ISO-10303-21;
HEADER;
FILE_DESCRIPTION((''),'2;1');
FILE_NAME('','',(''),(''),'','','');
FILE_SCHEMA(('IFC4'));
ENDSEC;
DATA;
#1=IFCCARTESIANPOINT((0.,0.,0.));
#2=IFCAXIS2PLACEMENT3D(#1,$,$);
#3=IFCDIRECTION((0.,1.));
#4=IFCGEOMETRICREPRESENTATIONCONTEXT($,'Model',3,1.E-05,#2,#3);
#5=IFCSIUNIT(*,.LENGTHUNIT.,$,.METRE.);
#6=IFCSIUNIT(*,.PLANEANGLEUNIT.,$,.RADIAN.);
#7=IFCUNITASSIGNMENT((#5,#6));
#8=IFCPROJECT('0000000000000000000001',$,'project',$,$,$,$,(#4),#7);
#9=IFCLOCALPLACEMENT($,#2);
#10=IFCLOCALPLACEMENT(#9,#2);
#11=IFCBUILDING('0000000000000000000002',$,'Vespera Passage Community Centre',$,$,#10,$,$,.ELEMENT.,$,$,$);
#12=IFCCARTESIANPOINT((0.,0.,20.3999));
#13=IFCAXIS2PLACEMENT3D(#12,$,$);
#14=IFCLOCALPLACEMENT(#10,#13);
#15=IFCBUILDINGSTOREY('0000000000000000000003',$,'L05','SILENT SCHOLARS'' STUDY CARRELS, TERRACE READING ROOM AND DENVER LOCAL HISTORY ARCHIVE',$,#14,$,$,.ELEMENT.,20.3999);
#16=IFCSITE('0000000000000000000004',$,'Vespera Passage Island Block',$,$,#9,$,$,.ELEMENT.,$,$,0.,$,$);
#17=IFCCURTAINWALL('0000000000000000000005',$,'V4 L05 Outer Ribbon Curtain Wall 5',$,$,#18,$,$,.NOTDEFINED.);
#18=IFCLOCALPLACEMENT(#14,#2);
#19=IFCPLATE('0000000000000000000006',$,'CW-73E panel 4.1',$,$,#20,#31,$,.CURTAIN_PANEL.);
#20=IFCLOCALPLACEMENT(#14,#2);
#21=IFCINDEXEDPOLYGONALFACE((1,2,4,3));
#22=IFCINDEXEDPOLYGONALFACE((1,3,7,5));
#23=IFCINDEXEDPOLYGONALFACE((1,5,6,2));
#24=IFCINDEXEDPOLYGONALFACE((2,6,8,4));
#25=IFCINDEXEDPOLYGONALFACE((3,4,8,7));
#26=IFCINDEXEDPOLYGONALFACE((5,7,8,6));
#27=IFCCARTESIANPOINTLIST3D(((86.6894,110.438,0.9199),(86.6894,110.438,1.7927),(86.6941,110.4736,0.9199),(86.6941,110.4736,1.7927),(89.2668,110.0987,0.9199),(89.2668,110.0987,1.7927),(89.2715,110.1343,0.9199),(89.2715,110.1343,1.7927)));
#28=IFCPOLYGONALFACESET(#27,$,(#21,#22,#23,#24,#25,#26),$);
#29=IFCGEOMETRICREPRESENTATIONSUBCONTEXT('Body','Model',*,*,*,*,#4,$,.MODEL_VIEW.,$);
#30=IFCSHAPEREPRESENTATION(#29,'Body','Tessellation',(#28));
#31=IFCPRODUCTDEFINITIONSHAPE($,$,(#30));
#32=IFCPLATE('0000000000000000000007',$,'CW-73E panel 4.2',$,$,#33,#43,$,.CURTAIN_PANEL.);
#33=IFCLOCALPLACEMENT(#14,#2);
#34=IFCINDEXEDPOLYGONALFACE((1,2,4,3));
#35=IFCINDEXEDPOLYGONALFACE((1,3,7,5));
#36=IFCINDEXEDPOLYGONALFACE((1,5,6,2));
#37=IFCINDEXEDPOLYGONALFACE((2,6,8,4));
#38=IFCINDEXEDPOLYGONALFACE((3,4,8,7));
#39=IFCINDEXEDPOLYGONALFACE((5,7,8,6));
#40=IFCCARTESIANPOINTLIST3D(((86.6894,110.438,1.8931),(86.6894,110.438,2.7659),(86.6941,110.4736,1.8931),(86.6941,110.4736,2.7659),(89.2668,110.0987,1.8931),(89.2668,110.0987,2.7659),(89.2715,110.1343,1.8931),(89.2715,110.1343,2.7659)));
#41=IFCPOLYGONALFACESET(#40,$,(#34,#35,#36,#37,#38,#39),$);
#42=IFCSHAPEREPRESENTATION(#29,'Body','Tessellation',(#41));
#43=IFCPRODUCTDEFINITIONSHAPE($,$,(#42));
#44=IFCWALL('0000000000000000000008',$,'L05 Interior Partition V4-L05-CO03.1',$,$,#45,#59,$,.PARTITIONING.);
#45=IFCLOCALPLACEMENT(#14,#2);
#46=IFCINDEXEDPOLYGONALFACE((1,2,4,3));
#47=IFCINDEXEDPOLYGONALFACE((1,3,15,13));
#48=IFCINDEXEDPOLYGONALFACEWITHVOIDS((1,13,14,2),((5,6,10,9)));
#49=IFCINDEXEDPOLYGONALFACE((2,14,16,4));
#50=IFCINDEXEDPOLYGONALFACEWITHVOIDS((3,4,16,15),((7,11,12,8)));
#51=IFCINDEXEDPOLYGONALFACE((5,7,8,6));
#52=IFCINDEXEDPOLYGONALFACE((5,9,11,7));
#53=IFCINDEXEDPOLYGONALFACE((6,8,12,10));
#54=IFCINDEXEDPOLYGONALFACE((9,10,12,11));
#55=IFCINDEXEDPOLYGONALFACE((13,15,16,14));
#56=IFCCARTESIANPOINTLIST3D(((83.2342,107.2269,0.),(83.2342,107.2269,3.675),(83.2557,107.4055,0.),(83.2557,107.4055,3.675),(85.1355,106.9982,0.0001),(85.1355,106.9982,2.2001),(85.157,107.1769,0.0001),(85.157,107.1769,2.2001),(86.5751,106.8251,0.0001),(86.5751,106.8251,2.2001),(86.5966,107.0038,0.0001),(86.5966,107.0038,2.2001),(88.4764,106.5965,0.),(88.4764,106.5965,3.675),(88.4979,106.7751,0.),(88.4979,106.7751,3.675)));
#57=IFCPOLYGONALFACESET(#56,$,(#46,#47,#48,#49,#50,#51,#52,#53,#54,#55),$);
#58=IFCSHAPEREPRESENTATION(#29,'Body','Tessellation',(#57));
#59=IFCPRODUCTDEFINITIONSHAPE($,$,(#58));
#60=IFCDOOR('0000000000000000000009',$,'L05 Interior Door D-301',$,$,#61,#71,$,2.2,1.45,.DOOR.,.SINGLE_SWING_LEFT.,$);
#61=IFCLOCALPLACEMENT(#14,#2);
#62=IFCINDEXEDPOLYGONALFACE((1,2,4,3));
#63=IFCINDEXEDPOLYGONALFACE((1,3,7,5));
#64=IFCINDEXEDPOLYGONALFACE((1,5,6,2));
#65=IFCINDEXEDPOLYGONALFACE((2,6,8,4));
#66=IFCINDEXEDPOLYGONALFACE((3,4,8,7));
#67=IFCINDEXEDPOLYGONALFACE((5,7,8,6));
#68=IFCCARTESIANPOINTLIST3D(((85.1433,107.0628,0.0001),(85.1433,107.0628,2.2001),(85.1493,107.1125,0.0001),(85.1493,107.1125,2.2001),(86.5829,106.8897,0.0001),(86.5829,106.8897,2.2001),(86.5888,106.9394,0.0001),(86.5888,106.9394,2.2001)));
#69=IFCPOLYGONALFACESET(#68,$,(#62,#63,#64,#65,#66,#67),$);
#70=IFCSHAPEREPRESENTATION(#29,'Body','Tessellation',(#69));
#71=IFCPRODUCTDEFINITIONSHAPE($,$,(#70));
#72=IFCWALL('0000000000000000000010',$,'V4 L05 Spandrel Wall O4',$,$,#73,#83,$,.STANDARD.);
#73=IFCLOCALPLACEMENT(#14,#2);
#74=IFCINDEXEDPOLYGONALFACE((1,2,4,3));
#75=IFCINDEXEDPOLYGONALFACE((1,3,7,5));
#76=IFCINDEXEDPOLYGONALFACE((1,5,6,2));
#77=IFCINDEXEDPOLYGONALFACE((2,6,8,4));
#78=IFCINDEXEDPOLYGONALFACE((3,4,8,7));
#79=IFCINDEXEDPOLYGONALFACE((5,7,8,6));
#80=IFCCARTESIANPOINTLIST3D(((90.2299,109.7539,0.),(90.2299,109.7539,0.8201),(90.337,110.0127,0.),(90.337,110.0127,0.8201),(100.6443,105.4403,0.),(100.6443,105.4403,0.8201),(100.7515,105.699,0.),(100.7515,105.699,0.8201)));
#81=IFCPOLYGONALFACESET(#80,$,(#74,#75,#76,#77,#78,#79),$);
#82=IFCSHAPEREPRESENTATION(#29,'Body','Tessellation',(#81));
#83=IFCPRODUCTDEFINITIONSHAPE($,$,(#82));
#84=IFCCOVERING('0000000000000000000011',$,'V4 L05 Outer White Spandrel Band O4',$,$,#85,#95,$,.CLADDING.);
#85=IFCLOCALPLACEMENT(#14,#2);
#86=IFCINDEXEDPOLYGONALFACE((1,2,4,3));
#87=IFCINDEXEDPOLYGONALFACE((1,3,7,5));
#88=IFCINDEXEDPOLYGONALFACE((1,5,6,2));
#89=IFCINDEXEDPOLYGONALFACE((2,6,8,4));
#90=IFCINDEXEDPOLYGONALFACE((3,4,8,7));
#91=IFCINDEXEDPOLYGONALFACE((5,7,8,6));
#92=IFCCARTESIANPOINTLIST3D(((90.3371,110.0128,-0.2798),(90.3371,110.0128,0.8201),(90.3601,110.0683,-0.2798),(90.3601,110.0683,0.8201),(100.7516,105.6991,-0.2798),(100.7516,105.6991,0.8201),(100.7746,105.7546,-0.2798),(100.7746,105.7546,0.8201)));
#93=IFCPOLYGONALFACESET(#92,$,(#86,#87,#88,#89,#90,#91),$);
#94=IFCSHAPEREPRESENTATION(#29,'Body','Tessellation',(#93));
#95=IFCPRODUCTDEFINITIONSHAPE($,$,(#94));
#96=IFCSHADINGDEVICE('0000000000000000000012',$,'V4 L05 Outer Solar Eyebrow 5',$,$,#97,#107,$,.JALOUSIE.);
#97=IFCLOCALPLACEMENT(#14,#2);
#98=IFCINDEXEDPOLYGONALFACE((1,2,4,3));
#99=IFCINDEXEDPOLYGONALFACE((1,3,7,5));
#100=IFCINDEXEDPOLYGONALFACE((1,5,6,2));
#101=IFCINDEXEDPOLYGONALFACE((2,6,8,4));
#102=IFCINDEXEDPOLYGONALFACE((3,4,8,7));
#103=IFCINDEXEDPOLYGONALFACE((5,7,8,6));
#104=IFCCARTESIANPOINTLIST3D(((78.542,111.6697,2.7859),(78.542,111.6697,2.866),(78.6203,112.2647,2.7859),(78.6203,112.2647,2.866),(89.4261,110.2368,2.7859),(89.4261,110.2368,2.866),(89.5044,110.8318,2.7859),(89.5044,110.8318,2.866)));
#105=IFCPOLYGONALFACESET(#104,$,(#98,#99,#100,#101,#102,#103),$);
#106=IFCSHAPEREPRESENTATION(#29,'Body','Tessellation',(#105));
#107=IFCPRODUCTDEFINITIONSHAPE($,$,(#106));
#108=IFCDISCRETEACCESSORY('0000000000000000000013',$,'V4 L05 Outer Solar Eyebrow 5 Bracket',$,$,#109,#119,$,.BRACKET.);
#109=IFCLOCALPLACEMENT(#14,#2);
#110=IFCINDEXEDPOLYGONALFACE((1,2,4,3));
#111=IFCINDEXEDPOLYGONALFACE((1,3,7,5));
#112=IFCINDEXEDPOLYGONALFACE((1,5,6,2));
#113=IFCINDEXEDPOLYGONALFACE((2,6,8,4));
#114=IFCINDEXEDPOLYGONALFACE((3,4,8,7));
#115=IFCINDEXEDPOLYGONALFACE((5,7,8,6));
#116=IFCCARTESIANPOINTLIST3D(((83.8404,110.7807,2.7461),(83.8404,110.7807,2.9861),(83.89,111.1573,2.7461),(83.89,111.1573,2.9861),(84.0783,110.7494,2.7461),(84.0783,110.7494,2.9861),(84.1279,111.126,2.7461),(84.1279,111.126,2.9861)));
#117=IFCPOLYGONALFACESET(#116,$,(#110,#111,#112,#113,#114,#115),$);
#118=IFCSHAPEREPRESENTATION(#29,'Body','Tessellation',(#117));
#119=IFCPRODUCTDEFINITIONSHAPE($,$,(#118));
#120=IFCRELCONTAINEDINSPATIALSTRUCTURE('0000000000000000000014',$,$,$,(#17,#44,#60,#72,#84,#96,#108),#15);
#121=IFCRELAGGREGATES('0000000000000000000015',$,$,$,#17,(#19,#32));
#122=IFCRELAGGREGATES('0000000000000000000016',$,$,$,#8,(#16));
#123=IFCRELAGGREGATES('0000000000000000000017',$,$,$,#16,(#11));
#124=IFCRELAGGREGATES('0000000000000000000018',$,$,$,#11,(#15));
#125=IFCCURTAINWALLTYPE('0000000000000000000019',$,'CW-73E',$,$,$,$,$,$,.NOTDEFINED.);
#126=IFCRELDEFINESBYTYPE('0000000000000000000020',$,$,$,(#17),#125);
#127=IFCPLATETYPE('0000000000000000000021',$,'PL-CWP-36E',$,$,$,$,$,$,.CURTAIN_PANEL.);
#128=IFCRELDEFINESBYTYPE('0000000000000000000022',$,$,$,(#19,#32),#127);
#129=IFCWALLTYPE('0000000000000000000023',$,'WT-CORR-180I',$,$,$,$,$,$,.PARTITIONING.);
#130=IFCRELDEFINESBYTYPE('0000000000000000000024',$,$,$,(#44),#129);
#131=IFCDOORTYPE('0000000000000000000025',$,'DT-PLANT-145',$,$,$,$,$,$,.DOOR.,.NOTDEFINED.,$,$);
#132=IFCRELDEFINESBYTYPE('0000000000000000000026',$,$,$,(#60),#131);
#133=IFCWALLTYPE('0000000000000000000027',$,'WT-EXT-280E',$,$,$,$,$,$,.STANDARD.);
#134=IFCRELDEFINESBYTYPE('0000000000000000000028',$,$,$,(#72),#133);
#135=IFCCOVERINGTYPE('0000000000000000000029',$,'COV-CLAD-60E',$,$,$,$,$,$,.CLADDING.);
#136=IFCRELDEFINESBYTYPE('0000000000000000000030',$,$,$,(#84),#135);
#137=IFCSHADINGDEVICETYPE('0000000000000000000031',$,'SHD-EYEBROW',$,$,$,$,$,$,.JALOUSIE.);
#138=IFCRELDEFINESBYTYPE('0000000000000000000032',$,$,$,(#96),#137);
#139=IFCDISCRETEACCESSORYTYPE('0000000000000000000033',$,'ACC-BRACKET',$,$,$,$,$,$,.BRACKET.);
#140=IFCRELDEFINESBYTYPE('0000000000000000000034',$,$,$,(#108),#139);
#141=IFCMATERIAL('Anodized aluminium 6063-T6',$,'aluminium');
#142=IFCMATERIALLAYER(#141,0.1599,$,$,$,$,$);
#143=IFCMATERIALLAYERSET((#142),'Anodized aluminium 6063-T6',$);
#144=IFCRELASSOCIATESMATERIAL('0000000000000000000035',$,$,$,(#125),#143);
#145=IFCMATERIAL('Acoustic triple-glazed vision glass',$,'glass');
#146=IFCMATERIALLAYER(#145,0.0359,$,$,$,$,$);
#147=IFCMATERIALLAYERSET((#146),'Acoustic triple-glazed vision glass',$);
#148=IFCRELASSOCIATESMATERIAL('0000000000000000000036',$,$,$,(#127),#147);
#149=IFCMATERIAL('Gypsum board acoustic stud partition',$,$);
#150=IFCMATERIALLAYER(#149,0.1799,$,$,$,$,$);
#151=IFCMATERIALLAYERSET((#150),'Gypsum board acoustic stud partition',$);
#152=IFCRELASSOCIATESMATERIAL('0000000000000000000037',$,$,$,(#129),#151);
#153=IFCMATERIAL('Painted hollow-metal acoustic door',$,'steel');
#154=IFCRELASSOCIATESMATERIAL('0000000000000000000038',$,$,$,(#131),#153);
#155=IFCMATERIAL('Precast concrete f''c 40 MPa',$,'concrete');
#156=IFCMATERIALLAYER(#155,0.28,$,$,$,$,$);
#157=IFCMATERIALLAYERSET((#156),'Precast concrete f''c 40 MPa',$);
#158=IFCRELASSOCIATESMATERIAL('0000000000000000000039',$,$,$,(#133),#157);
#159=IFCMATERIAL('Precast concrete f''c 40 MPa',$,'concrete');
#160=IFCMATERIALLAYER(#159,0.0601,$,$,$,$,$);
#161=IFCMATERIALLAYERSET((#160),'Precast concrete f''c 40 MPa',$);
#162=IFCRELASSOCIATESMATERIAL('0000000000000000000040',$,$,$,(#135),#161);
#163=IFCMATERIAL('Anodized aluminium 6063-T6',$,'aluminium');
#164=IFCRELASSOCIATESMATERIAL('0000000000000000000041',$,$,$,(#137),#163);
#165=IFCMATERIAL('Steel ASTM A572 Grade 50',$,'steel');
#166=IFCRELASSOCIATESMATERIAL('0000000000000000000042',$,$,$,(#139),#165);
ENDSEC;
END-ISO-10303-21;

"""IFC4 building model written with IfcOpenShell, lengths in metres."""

from ifc_helpers import new_model, si_unit, direction, frame, frame_2d, origin, origin_2d, place, context, subcontext, project, spatial, rectangle, extrude, material, layer, layer_set, type_object, element, fill, aggregate, save


model = new_model("IFC4")

# Units and contexts
model_context = context("Model", 3, precision=1e-05, world=origin(), true_north=direction((0.0, 1.0)))
body_context = subcontext(model_context, "Body", "Model", "MODEL_VIEW")
ifc_project = project(units=[si_unit("LENGTHUNIT", "METRE"), si_unit("PLANEANGLEUNIT", "RADIAN")], contexts=[model_context])

# Site, building, storey
site_placement = place(None, origin())
site = spatial("IfcSite", under=ifc_project, at=site_placement, Name="Vespera Passage Island Block", CompositionType="ELEMENT", RefElevation=0.0)
building_placement = place(site_placement, origin())
building = spatial("IfcBuilding", under=site, at=building_placement, Name="Vespera Passage Community Centre", CompositionType="ELEMENT")
storey_placement = place(building_placement, frame((0.0, 0.0, 20.3999)))
storey = spatial("IfcBuildingStorey", under=building, at=storey_placement, Name="L05", Description="SILENT SCHOLARS' STUDY CARRELS, TERRACE READING ROOM AND DENVER LOCAL HISTORY ARCHIVE", CompositionType="ELEMENT", Elevation=20.3999)

# Curtain wall
ifc_material_1 = material(Name="Anodized aluminium 6063-T6", Category="aluminium")
ifc_layer_1 = layer(ifc_material_1, 0.1599)
ifc_layer_set_1 = layer_set([ifc_layer_1], Name="Anodized aluminium 6063-T6")
curtain_wall_type_1 = type_object("IfcCurtainWallType", Name="CW-73E", PredefinedType="NOTDEFINED", material=ifc_layer_set_1)
curtain_wall_1_placement = place(storey_placement, origin())
curtain_wall_1 = element("IfcCurtainWall", 1, at=curtain_wall_1_placement, inside=storey, type_object=curtain_wall_type_1, Name="V4 L05 Outer Ribbon Curtain Wall 5", PredefinedType="NOTDEFINED")

# Plates
ifc_material_2 = material(Name="Acoustic triple-glazed vision glass", Category="glass")
ifc_layer_2 = layer(ifc_material_2, 0.0359)
ifc_layer_set_2 = layer_set([ifc_layer_2], Name="Acoustic triple-glazed vision glass")
plate_type_1 = type_object("IfcPlateType", Name="PL-CWP-36E", PredefinedType="CURTAIN_PANEL", material=ifc_layer_set_2)
plate_1_placement = place(storey_placement, frame((87.9805, 110.2861, 0.9199), z_axis=(0.0, 0.0, 1.0), x_axis=(0.991444, -0.130531, 0.0)))
plate_1 = element("IfcPlate", 2, at=plate_1_placement, type_object=plate_type_1, Name="CW-73E panel 4.1", PredefinedType="CURTAIN_PANEL", context=body_context, shape_type="SweptSolid", body=[
    extrude(rectangle(XDim=2.5996, YDim=0.0359, at=origin_2d()), origin(), (0.0, 0.0, 1.0), 0.8728),
])
plate_2_placement = place(storey_placement, frame((87.9805, 110.2861, 1.8931), z_axis=(0.0, 0.0, 1.0), x_axis=(0.991444, -0.130531, 0.0)))
plate_2 = element("IfcPlate", 3, at=plate_2_placement, type_object=plate_type_1, Name="CW-73E panel 4.2", PredefinedType="CURTAIN_PANEL", context=body_context, shape_type="SweptSolid", body=[
    extrude(rectangle(XDim=2.5996, YDim=0.0359, at=origin_2d()), origin(), (0.0, 0.0, 1.0), 0.8728),
])
aggregate(curtain_wall_1, [plate_1, plate_2])

# Wall, opening, door
ifc_material_3 = material(Name="Gypsum board acoustic stud partition")
ifc_layer_3 = layer(ifc_material_3, 0.1799)
ifc_layer_set_3 = layer_set([ifc_layer_3], Name="Gypsum board acoustic stud partition")
wall_type_1 = type_object("IfcWallType", Name="WT-CORR-180I", PredefinedType="PARTITIONING", material=ifc_layer_set_3)
wall_1_placement = place(storey_placement, frame((88.4873, 106.6858, 0.0), z_axis=(0.0, 0.0, 1.0), x_axis=(-0.992847, 0.11939, 0.0)))
wall_1 = element("IfcWall", 4, at=wall_1_placement, inside=storey, type_object=wall_type_1, Name="L05 Interior Partition V4-L05-CO03.1", PredefinedType="PARTITIONING", context=body_context, shape_type="SweptSolid", body=[
    extrude(rectangle(XDim=5.28, YDim=0.1799, at=frame_2d((2.6401, 0.0))), origin(), (0.0, 0.0, 1.0), 3.675),
])
opening_placement = place(wall_1_placement, frame((1.915, 0.0, 0.0)))
opening = element("IfcOpeningElement", 5, at=opening_placement, cuts=wall_1, PredefinedType="OPENING", context=body_context, shape_type="SweptSolid", body=[
    extrude(rectangle(XDim=1.45, YDim=2.2, at=frame_2d((0.7251, 1.1001))), frame((0.0, 0.0999, 0.0), z_axis=(0.0, -1.0, 0.0), x_axis=(1.0, 0.0, 0.0)), (0.0, 0.0, 1.0), 0.2),
])
ifc_material_4 = material(Name="Painted hollow-metal acoustic door", Category="steel")
door_type = type_object("IfcDoorType", Name="DT-PLANT-145", OperationType="NOTDEFINED", PredefinedType="DOOR", material=ifc_material_4)
door_placement = place(opening_placement, origin())
door = element("IfcDoor", 6, at=door_placement, inside=storey, type_object=door_type, Name="L05 Interior Door D-301", OperationType="SINGLE_SWING_LEFT", OverallHeight=2.2, OverallWidth=1.45, PredefinedType="DOOR", context=body_context, shape_type="SweptSolid", body=[
    extrude(rectangle(XDim=1.45, YDim=2.2, at=frame_2d((0.7251, 1.1001))), frame((0.0, 0.0249, 0.0), z_axis=(0.0, -1.0, 0.0), x_axis=(1.0, 0.0, 0.0)), (0.0, 0.0, 1.0), 0.05),
])
fill(opening, door)

# Wall
ifc_material_5 = material(Name="Precast concrete f'c 40 MPa", Category="concrete")
ifc_layer_4 = layer(ifc_material_5, 0.28)
ifc_layer_set_4 = layer_set([ifc_layer_4], Name="Precast concrete f'c 40 MPa")
wall_type_2 = type_object("IfcWallType", Name="WT-EXT-280E", PredefinedType="STANDARD", material=ifc_layer_set_4)
wall_2_placement = place(storey_placement, frame((90.2834, 109.8833, 0.0), z_axis=(0.0, 0.0, 1.0), x_axis=(0.923884, -0.382674, 0.0)))
element("IfcWall", 7, at=wall_2_placement, inside=storey, type_object=wall_type_2, Name="V4 L05 Spandrel Wall O4", PredefinedType="STANDARD", context=body_context, shape_type="SweptSolid", body=[
    extrude(rectangle(XDim=11.2725, YDim=0.28, at=frame_2d((5.6362, 0.0))), origin(), (0.0, 0.0, 1.0), 0.8201),
])

# Covering
ifc_material_6 = material(Name="Precast concrete f'c 40 MPa", Category="concrete")
ifc_layer_5 = layer(ifc_material_6, 0.0601)
ifc_layer_set_5 = layer_set([ifc_layer_5], Name="Precast concrete f'c 40 MPa")
covering_type = type_object("IfcCoveringType", Name="COV-CLAD-60E", PredefinedType="CLADDING", material=ifc_layer_set_5)
covering_placement = place(storey_placement, frame((90.3486, 110.0405, -0.2798), z_axis=(0.0, 0.0, 1.0), x_axis=(0.923884, -0.382674, 0.0)))
element("IfcCovering", 8, at=covering_placement, inside=storey, type_object=covering_type, Name="V4 L05 Outer White Spandrel Band O4", PredefinedType="CLADDING", context=body_context, shape_type="SweptSolid", body=[
    extrude(rectangle(XDim=11.2725, YDim=0.0601, at=frame_2d((5.6362, 0.0))), origin(), (0.0, 0.0, 1.0), 1.0999),
])

# Shading device
ifc_material_7 = material(Name="Anodized aluminium 6063-T6", Category="aluminium")
shading_device_type = type_object("IfcShadingDeviceType", Name="SHD-EYEBROW", PredefinedType="JALOUSIE", material=ifc_material_7)
shading_device_placement = place(storey_placement, frame((84.0232, 111.2507, 2.7859), z_axis=(0.0, 0.0, 1.0), x_axis=(0.991445, -0.130526, 0.0)))
element("IfcShadingDevice", 9, at=shading_device_placement, inside=storey, type_object=shading_device_type, Name="V4 L05 Outer Solar Eyebrow 5", PredefinedType="JALOUSIE", context=body_context, shape_type="SweptSolid", body=[
    extrude(rectangle(XDim=10.978, YDim=0.6001, at=origin_2d()), origin(), (0.0, 0.0, 1.0), 0.0801),
])

# Discrete accessory
ifc_material_8 = material(Name="Steel ASTM A572 Grade 50", Category="steel")
discrete_accessory_type = type_object("IfcDiscreteAccessoryType", Name="ACC-BRACKET", PredefinedType="BRACKET", material=ifc_material_8)
discrete_accessory_placement = place(storey_placement, frame((83.9841, 110.9534, 2.7461), z_axis=(0.0, 0.0, 1.0), x_axis=(0.991445, -0.130526, 0.0)))
element("IfcDiscreteAccessory", 10, at=discrete_accessory_placement, inside=storey, type_object=discrete_accessory_type, Name="V4 L05 Outer Solar Eyebrow 5 Bracket", PredefinedType="BRACKET", context=body_context, shape_type="SweptSolid", body=[
    extrude(rectangle(XDim=0.24, YDim=0.3799, at=origin_2d()), origin(), (0.0, 0.0, 1.0), 0.24),
])

save(model, "model.ifc")
